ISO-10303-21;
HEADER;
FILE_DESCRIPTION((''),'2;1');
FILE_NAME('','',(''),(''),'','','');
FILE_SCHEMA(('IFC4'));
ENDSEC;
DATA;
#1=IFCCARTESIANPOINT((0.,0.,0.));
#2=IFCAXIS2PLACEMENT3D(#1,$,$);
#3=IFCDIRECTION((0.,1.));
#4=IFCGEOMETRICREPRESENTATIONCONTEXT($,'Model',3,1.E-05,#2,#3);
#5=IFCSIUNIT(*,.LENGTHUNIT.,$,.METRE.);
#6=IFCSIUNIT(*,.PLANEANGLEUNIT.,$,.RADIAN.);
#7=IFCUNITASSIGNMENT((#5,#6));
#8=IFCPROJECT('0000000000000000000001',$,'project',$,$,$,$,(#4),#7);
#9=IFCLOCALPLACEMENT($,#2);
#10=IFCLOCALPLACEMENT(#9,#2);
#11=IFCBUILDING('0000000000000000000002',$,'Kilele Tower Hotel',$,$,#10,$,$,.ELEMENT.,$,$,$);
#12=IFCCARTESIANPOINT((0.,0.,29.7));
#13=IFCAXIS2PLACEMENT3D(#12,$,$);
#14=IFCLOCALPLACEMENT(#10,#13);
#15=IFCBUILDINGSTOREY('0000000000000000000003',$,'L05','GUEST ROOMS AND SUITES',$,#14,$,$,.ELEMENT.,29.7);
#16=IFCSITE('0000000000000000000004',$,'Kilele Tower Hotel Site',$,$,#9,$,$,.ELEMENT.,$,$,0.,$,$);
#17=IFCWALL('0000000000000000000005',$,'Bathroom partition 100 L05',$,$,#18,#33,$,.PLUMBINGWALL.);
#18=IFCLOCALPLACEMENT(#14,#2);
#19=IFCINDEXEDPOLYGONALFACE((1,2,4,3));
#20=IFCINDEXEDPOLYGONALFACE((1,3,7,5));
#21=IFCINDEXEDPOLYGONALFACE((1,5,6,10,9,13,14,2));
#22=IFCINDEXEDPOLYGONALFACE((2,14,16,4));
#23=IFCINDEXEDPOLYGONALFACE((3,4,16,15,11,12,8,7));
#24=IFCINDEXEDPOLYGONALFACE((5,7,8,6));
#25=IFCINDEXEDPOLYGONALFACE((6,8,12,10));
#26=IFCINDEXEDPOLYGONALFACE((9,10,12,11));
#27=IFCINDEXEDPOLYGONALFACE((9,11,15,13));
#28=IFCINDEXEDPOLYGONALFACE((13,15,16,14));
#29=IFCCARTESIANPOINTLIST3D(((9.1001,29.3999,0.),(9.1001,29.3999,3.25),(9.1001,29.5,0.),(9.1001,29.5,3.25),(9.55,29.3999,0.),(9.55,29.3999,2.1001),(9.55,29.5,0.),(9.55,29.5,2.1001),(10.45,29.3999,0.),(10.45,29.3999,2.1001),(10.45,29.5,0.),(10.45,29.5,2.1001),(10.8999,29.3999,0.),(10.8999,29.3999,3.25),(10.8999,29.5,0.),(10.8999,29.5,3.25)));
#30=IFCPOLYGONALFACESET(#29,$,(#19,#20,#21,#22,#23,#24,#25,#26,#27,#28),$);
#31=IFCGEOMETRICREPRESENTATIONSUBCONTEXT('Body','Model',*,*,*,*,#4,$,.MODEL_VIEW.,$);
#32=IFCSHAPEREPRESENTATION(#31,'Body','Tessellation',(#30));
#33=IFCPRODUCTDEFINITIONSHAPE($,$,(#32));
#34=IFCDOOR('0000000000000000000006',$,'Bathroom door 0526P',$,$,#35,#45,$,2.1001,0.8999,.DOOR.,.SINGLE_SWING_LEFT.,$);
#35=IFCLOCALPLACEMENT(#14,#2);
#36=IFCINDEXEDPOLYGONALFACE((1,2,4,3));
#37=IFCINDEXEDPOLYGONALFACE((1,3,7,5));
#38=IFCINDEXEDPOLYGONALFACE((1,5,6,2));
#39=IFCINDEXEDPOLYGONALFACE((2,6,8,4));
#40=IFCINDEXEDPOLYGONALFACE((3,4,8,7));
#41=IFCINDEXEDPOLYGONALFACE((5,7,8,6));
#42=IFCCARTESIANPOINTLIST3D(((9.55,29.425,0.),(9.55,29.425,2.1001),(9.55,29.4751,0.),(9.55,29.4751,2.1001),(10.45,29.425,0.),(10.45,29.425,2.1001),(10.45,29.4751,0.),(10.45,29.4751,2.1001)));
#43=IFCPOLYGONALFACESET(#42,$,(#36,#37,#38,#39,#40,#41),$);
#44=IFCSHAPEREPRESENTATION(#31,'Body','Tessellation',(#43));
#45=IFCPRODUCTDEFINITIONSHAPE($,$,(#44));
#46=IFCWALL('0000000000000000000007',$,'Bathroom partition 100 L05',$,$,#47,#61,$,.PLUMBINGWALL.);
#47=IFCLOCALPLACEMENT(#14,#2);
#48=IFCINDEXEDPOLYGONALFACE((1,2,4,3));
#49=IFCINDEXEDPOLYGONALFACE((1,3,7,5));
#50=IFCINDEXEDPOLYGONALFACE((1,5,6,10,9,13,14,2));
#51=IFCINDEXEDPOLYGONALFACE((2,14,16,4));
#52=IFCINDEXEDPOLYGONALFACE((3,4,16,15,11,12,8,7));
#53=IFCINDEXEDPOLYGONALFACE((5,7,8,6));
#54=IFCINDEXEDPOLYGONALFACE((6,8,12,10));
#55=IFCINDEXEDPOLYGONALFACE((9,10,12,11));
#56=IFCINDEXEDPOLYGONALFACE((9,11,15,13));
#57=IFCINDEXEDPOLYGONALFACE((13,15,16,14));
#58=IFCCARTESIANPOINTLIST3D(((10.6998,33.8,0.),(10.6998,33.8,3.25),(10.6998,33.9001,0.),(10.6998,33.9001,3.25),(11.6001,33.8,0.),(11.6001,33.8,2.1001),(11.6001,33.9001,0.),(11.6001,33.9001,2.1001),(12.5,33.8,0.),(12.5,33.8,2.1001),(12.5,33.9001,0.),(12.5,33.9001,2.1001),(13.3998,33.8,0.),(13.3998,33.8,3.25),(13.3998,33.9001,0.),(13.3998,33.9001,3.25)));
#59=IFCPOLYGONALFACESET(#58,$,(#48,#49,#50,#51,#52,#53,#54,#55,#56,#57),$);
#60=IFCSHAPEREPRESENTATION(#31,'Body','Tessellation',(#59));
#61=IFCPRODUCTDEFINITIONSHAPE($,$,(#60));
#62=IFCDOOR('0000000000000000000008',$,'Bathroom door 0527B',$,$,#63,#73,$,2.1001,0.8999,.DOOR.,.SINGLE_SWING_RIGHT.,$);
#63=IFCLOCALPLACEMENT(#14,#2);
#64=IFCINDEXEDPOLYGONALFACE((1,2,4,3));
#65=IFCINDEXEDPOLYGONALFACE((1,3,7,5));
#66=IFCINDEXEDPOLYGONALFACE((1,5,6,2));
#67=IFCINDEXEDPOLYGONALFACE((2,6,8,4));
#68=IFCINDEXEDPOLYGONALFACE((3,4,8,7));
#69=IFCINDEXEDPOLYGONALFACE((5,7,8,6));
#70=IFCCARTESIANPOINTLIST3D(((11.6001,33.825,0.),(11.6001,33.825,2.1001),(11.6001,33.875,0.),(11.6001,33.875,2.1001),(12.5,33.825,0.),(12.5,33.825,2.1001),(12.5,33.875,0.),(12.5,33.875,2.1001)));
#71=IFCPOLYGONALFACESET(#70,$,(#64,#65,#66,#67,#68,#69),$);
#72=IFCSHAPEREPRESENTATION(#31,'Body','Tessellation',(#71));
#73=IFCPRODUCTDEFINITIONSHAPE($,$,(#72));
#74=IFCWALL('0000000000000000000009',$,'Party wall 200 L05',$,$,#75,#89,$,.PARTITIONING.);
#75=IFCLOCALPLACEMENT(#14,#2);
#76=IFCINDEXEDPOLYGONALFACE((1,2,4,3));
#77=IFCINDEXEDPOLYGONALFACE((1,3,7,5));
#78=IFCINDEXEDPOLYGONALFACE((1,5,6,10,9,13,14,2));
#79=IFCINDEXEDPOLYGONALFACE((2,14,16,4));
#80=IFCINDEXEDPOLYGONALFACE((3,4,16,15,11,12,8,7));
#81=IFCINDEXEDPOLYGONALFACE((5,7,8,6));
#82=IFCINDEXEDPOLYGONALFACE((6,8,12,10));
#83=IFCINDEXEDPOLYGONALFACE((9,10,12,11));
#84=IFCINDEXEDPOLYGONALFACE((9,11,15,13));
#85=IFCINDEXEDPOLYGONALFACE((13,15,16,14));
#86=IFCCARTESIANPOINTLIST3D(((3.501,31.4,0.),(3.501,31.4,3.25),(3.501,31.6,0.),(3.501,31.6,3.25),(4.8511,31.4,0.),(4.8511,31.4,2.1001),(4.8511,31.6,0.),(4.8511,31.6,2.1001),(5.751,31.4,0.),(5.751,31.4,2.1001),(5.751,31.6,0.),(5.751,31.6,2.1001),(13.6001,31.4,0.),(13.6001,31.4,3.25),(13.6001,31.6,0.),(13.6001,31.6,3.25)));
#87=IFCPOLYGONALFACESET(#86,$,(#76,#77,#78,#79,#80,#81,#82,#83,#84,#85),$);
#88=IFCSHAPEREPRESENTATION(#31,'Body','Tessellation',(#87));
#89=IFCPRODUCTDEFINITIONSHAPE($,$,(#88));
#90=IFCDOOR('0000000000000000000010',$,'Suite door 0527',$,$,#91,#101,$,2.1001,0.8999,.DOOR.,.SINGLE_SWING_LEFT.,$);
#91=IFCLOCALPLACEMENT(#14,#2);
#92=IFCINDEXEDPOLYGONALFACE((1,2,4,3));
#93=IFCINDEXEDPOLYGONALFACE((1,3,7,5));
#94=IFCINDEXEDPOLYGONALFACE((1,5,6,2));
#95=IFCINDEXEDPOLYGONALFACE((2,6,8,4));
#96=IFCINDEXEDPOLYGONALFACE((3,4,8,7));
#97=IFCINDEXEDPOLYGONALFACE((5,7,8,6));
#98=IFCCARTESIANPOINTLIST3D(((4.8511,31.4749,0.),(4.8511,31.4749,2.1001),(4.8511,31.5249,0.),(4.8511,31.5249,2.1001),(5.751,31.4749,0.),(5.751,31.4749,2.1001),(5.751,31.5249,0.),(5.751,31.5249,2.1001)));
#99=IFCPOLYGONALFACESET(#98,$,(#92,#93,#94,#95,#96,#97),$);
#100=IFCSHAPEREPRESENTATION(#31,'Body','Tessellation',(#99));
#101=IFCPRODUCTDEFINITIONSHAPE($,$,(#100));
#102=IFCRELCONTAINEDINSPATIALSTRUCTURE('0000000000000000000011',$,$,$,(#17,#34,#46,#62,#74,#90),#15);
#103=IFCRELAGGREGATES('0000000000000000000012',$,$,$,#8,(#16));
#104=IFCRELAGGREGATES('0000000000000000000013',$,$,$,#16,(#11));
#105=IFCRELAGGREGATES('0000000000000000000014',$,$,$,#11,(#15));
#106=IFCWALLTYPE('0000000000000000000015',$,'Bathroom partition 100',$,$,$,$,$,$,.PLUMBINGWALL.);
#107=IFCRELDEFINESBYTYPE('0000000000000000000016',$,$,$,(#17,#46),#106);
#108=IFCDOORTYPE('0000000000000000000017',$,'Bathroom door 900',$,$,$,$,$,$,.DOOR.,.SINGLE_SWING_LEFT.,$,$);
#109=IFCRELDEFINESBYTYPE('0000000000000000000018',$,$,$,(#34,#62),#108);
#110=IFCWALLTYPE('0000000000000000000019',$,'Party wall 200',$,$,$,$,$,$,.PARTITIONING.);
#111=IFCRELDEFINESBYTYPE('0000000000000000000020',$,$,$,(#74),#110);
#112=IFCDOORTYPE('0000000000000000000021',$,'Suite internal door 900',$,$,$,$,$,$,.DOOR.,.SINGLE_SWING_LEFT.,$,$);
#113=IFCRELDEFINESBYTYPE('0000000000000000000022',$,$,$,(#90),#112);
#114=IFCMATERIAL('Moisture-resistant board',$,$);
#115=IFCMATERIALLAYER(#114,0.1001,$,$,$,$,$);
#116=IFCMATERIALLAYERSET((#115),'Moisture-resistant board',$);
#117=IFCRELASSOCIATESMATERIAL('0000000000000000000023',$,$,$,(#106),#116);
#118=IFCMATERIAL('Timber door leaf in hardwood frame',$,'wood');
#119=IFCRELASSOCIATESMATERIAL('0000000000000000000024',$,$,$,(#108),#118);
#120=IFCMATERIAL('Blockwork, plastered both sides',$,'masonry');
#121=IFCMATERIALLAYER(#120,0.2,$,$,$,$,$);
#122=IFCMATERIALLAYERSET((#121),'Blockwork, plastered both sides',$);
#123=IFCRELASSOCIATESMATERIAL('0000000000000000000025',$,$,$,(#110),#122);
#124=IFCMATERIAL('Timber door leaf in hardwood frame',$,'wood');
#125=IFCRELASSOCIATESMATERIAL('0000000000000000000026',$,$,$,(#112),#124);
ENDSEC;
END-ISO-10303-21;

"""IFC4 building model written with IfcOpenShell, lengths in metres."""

from ifc_helpers import new_model, si_unit, direction, frame, frame_2d, origin, place, context, subcontext, project, spatial, rectangle, extrude, material, layer, layer_set, type_object, element, fill, save


model = new_model("IFC4")

# Units and contexts
model_context = context("Model", 3, precision=1e-05, world=origin(), true_north=direction((0.0, 1.0)))
body_context = subcontext(model_context, "Body", "Model", "MODEL_VIEW")
ifc_project = project(units=[si_unit("LENGTHUNIT", "METRE"), si_unit("PLANEANGLEUNIT", "RADIAN")], contexts=[model_context])

# Site, building, storey
site_placement = place(None, origin())
site = spatial("IfcSite", under=ifc_project, at=site_placement, Name="Kilele Tower Hotel Site", CompositionType="ELEMENT", RefElevation=0.0)
building_placement = place(site_placement, origin())
building = spatial("IfcBuilding", under=site, at=building_placement, Name="Kilele Tower Hotel", CompositionType="ELEMENT")
storey_placement = place(building_placement, frame((0.0, 0.0, 29.7)))
storey = spatial("IfcBuildingStorey", under=building, at=storey_placement, Name="L05", Description="GUEST ROOMS AND SUITES", CompositionType="ELEMENT", Elevation=29.7)

# Shared definitions
ifc_material_1 = material(Name="Moisture-resistant board")
ifc_layer_1 = layer(ifc_material_1, 0.1001)
ifc_layer_set_1 = layer_set([ifc_layer_1], Name="Moisture-resistant board")
wall_type_1 = type_object("IfcWallType", Name="Bathroom partition 100", PredefinedType="PLUMBINGWALL", material=ifc_layer_set_1)

# Shared definitions
ifc_material_2 = material(Name="Timber door leaf in hardwood frame", Category="wood")
door_type_1 = type_object("IfcDoorType", Name="Bathroom door 900", OperationType="SINGLE_SWING_LEFT", PredefinedType="DOOR", material=ifc_material_2)

# Walls, openings, doors
wall_1_placement = place(storey_placement, frame((10.8999, 29.45, 0.0), z_axis=(0.0, 0.0, 1.0), x_axis=(-1.0, 0.0, 0.0)))
wall_1 = element("IfcWall", 1, at=wall_1_placement, inside=storey, type_object=wall_type_1, Name="Bathroom partition 100 L05", PredefinedType="PLUMBINGWALL", context=body_context, shape_type="SweptSolid", body=[
    extrude(rectangle(XDim=1.7998, YDim=0.1001, at=frame_2d((0.8999, 0.0))), origin(), (0.0, 0.0, 1.0), 3.25),
])
opening_1_placement = place(wall_1_placement, frame((0.45, 0.0, 0.0)))
opening_1 = element("IfcOpeningElement", 2, at=opening_1_placement, cuts=wall_1, PredefinedType="OPENING", context=body_context, shape_type="SweptSolid", body=[
    extrude(rectangle(XDim=0.8999, YDim=2.1001, at=frame_2d((0.45, 1.05))), frame((0.0, 0.0601, 0.0), z_axis=(0.0, -1.0, 0.0), x_axis=(1.0, 0.0, 0.0)), (0.0, 0.0, 1.0), 0.1201),
])
door_1_placement = place(opening_1_placement, origin())
door_1 = element("IfcDoor", 3, at=door_1_placement, inside=storey, type_object=door_type_1, Name="Bathroom door 0526P", OperationType="SINGLE_SWING_LEFT", OverallHeight=2.1001, OverallWidth=0.8999, PredefinedType="DOOR", context=body_context, shape_type="SweptSolid", body=[
    extrude(rectangle(XDim=0.8999, YDim=2.1001, at=frame_2d((0.45, 1.05))), frame((0.0, 0.0249, 0.0), z_axis=(0.0, -1.0, 0.0), x_axis=(1.0, 0.0, 0.0)), (0.0, 0.0, 1.0), 0.05),
])
fill(opening_1, door_1)
wall_2_placement = place(storey_placement, frame((13.3999, 33.8501, 0.0), z_axis=(0.0, 0.0, 1.0), x_axis=(-1.0, 0.0, 0.0)))
wall_2 = element("IfcWall", 4, at=wall_2_placement, inside=storey, type_object=wall_type_1, Name="Bathroom partition 100 L05", PredefinedType="PLUMBINGWALL", context=body_context, shape_type="SweptSolid", body=[
    extrude(rectangle(XDim=2.7, YDim=0.1001, at=frame_2d((1.3501, 0.0))), origin(), (0.0, 0.0, 1.0), 3.25),
])
opening_2_placement = place(wall_2_placement, frame((1.7998, 0.0, 0.0), z_axis=(0.0, 0.0, 1.0), x_axis=(-1.0, 0.0, 0.0)))
opening_2 = element("IfcOpeningElement", 5, at=opening_2_placement, cuts=wall_2, PredefinedType="OPENING", context=body_context, shape_type="SweptSolid", body=[
    extrude(rectangle(XDim=0.8999, YDim=2.1001, at=frame_2d((0.45, 1.05))), frame((0.0, 0.0601, 0.0), z_axis=(0.0, -1.0, 0.0), x_axis=(1.0, 0.0, 0.0)), (0.0, 0.0, 1.0), 0.1201),
])
door_2_placement = place(opening_2_placement, origin())
door_2 = element("IfcDoor", 6, at=door_2_placement, inside=storey, type_object=door_type_1, Name="Bathroom door 0527B", OperationType="SINGLE_SWING_RIGHT", OverallHeight=2.1001, OverallWidth=0.8999, PredefinedType="DOOR", context=body_context, shape_type="SweptSolid", body=[
    extrude(rectangle(XDim=0.8999, YDim=2.1001, at=frame_2d((0.45, 1.05))), frame((0.0, 0.0249, 0.0), z_axis=(0.0, -1.0, 0.0), x_axis=(1.0, 0.0, 0.0)), (0.0, 0.0, 1.0), 0.05),
])
fill(opening_2, door_2)
ifc_material_3 = material(Name="Blockwork, plastered both sides", Category="masonry")
ifc_layer_2 = layer(ifc_material_3, 0.2)
ifc_layer_set_2 = layer_set([ifc_layer_2], Name="Blockwork, plastered both sides")
wall_type_2 = type_object("IfcWallType", Name="Party wall 200", PredefinedType="PARTITIONING", material=ifc_layer_set_2)
wall_3_placement = place(storey_placement, frame((13.6001, 31.5, 0.0), z_axis=(0.0, 0.0, 1.0), x_axis=(-1.0, 0.0, 0.0)))
wall_3 = element("IfcWall", 7, at=wall_3_placement, inside=storey, type_object=wall_type_2, Name="Party wall 200 L05", PredefinedType="PARTITIONING", context=body_context, shape_type="SweptSolid", body=[
    extrude(rectangle(XDim=10.0991, YDim=0.2, at=frame_2d((5.0496, 0.0))), origin(), (0.0, 0.0, 1.0), 3.25),
])
opening_3_placement = place(wall_3_placement, frame((8.749, 0.0, 0.0), z_axis=(0.0, 0.0, 1.0), x_axis=(-1.0, 0.0, 0.0)))
opening_3 = element("IfcOpeningElement", 8, at=opening_3_placement, cuts=wall_3, PredefinedType="OPENING", context=body_context, shape_type="SweptSolid", body=[
    extrude(rectangle(XDim=0.8999, YDim=2.1001, at=frame_2d((0.45, 1.05))), frame((0.0, 0.1099, 0.0), z_axis=(0.0, -1.0, 0.0), x_axis=(1.0, 0.0, 0.0)), (0.0, 0.0, 1.0), 0.22),
])
ifc_material_4 = material(Name="Timber door leaf in hardwood frame", Category="wood")
door_type_2 = type_object("IfcDoorType", Name="Suite internal door 900", OperationType="SINGLE_SWING_LEFT", PredefinedType="DOOR", material=ifc_material_4)
door_3_placement = place(opening_3_placement, origin())
door_3 = element("IfcDoor", 9, at=door_3_placement, inside=storey, type_object=door_type_2, Name="Suite door 0527", OperationType="SINGLE_SWING_LEFT", OverallHeight=2.1001, OverallWidth=0.8999, PredefinedType="DOOR", context=body_context, shape_type="SweptSolid", body=[
    extrude(rectangle(XDim=0.8999, YDim=2.1001, at=frame_2d((0.45, 1.05))), frame((0.0, 0.0249, 0.0), z_axis=(0.0, -1.0, 0.0), x_axis=(1.0, 0.0, 0.0)), (0.0, 0.0, 1.0), 0.05),
])
fill(opening_3, door_3)

save(model, "model.ifc")
